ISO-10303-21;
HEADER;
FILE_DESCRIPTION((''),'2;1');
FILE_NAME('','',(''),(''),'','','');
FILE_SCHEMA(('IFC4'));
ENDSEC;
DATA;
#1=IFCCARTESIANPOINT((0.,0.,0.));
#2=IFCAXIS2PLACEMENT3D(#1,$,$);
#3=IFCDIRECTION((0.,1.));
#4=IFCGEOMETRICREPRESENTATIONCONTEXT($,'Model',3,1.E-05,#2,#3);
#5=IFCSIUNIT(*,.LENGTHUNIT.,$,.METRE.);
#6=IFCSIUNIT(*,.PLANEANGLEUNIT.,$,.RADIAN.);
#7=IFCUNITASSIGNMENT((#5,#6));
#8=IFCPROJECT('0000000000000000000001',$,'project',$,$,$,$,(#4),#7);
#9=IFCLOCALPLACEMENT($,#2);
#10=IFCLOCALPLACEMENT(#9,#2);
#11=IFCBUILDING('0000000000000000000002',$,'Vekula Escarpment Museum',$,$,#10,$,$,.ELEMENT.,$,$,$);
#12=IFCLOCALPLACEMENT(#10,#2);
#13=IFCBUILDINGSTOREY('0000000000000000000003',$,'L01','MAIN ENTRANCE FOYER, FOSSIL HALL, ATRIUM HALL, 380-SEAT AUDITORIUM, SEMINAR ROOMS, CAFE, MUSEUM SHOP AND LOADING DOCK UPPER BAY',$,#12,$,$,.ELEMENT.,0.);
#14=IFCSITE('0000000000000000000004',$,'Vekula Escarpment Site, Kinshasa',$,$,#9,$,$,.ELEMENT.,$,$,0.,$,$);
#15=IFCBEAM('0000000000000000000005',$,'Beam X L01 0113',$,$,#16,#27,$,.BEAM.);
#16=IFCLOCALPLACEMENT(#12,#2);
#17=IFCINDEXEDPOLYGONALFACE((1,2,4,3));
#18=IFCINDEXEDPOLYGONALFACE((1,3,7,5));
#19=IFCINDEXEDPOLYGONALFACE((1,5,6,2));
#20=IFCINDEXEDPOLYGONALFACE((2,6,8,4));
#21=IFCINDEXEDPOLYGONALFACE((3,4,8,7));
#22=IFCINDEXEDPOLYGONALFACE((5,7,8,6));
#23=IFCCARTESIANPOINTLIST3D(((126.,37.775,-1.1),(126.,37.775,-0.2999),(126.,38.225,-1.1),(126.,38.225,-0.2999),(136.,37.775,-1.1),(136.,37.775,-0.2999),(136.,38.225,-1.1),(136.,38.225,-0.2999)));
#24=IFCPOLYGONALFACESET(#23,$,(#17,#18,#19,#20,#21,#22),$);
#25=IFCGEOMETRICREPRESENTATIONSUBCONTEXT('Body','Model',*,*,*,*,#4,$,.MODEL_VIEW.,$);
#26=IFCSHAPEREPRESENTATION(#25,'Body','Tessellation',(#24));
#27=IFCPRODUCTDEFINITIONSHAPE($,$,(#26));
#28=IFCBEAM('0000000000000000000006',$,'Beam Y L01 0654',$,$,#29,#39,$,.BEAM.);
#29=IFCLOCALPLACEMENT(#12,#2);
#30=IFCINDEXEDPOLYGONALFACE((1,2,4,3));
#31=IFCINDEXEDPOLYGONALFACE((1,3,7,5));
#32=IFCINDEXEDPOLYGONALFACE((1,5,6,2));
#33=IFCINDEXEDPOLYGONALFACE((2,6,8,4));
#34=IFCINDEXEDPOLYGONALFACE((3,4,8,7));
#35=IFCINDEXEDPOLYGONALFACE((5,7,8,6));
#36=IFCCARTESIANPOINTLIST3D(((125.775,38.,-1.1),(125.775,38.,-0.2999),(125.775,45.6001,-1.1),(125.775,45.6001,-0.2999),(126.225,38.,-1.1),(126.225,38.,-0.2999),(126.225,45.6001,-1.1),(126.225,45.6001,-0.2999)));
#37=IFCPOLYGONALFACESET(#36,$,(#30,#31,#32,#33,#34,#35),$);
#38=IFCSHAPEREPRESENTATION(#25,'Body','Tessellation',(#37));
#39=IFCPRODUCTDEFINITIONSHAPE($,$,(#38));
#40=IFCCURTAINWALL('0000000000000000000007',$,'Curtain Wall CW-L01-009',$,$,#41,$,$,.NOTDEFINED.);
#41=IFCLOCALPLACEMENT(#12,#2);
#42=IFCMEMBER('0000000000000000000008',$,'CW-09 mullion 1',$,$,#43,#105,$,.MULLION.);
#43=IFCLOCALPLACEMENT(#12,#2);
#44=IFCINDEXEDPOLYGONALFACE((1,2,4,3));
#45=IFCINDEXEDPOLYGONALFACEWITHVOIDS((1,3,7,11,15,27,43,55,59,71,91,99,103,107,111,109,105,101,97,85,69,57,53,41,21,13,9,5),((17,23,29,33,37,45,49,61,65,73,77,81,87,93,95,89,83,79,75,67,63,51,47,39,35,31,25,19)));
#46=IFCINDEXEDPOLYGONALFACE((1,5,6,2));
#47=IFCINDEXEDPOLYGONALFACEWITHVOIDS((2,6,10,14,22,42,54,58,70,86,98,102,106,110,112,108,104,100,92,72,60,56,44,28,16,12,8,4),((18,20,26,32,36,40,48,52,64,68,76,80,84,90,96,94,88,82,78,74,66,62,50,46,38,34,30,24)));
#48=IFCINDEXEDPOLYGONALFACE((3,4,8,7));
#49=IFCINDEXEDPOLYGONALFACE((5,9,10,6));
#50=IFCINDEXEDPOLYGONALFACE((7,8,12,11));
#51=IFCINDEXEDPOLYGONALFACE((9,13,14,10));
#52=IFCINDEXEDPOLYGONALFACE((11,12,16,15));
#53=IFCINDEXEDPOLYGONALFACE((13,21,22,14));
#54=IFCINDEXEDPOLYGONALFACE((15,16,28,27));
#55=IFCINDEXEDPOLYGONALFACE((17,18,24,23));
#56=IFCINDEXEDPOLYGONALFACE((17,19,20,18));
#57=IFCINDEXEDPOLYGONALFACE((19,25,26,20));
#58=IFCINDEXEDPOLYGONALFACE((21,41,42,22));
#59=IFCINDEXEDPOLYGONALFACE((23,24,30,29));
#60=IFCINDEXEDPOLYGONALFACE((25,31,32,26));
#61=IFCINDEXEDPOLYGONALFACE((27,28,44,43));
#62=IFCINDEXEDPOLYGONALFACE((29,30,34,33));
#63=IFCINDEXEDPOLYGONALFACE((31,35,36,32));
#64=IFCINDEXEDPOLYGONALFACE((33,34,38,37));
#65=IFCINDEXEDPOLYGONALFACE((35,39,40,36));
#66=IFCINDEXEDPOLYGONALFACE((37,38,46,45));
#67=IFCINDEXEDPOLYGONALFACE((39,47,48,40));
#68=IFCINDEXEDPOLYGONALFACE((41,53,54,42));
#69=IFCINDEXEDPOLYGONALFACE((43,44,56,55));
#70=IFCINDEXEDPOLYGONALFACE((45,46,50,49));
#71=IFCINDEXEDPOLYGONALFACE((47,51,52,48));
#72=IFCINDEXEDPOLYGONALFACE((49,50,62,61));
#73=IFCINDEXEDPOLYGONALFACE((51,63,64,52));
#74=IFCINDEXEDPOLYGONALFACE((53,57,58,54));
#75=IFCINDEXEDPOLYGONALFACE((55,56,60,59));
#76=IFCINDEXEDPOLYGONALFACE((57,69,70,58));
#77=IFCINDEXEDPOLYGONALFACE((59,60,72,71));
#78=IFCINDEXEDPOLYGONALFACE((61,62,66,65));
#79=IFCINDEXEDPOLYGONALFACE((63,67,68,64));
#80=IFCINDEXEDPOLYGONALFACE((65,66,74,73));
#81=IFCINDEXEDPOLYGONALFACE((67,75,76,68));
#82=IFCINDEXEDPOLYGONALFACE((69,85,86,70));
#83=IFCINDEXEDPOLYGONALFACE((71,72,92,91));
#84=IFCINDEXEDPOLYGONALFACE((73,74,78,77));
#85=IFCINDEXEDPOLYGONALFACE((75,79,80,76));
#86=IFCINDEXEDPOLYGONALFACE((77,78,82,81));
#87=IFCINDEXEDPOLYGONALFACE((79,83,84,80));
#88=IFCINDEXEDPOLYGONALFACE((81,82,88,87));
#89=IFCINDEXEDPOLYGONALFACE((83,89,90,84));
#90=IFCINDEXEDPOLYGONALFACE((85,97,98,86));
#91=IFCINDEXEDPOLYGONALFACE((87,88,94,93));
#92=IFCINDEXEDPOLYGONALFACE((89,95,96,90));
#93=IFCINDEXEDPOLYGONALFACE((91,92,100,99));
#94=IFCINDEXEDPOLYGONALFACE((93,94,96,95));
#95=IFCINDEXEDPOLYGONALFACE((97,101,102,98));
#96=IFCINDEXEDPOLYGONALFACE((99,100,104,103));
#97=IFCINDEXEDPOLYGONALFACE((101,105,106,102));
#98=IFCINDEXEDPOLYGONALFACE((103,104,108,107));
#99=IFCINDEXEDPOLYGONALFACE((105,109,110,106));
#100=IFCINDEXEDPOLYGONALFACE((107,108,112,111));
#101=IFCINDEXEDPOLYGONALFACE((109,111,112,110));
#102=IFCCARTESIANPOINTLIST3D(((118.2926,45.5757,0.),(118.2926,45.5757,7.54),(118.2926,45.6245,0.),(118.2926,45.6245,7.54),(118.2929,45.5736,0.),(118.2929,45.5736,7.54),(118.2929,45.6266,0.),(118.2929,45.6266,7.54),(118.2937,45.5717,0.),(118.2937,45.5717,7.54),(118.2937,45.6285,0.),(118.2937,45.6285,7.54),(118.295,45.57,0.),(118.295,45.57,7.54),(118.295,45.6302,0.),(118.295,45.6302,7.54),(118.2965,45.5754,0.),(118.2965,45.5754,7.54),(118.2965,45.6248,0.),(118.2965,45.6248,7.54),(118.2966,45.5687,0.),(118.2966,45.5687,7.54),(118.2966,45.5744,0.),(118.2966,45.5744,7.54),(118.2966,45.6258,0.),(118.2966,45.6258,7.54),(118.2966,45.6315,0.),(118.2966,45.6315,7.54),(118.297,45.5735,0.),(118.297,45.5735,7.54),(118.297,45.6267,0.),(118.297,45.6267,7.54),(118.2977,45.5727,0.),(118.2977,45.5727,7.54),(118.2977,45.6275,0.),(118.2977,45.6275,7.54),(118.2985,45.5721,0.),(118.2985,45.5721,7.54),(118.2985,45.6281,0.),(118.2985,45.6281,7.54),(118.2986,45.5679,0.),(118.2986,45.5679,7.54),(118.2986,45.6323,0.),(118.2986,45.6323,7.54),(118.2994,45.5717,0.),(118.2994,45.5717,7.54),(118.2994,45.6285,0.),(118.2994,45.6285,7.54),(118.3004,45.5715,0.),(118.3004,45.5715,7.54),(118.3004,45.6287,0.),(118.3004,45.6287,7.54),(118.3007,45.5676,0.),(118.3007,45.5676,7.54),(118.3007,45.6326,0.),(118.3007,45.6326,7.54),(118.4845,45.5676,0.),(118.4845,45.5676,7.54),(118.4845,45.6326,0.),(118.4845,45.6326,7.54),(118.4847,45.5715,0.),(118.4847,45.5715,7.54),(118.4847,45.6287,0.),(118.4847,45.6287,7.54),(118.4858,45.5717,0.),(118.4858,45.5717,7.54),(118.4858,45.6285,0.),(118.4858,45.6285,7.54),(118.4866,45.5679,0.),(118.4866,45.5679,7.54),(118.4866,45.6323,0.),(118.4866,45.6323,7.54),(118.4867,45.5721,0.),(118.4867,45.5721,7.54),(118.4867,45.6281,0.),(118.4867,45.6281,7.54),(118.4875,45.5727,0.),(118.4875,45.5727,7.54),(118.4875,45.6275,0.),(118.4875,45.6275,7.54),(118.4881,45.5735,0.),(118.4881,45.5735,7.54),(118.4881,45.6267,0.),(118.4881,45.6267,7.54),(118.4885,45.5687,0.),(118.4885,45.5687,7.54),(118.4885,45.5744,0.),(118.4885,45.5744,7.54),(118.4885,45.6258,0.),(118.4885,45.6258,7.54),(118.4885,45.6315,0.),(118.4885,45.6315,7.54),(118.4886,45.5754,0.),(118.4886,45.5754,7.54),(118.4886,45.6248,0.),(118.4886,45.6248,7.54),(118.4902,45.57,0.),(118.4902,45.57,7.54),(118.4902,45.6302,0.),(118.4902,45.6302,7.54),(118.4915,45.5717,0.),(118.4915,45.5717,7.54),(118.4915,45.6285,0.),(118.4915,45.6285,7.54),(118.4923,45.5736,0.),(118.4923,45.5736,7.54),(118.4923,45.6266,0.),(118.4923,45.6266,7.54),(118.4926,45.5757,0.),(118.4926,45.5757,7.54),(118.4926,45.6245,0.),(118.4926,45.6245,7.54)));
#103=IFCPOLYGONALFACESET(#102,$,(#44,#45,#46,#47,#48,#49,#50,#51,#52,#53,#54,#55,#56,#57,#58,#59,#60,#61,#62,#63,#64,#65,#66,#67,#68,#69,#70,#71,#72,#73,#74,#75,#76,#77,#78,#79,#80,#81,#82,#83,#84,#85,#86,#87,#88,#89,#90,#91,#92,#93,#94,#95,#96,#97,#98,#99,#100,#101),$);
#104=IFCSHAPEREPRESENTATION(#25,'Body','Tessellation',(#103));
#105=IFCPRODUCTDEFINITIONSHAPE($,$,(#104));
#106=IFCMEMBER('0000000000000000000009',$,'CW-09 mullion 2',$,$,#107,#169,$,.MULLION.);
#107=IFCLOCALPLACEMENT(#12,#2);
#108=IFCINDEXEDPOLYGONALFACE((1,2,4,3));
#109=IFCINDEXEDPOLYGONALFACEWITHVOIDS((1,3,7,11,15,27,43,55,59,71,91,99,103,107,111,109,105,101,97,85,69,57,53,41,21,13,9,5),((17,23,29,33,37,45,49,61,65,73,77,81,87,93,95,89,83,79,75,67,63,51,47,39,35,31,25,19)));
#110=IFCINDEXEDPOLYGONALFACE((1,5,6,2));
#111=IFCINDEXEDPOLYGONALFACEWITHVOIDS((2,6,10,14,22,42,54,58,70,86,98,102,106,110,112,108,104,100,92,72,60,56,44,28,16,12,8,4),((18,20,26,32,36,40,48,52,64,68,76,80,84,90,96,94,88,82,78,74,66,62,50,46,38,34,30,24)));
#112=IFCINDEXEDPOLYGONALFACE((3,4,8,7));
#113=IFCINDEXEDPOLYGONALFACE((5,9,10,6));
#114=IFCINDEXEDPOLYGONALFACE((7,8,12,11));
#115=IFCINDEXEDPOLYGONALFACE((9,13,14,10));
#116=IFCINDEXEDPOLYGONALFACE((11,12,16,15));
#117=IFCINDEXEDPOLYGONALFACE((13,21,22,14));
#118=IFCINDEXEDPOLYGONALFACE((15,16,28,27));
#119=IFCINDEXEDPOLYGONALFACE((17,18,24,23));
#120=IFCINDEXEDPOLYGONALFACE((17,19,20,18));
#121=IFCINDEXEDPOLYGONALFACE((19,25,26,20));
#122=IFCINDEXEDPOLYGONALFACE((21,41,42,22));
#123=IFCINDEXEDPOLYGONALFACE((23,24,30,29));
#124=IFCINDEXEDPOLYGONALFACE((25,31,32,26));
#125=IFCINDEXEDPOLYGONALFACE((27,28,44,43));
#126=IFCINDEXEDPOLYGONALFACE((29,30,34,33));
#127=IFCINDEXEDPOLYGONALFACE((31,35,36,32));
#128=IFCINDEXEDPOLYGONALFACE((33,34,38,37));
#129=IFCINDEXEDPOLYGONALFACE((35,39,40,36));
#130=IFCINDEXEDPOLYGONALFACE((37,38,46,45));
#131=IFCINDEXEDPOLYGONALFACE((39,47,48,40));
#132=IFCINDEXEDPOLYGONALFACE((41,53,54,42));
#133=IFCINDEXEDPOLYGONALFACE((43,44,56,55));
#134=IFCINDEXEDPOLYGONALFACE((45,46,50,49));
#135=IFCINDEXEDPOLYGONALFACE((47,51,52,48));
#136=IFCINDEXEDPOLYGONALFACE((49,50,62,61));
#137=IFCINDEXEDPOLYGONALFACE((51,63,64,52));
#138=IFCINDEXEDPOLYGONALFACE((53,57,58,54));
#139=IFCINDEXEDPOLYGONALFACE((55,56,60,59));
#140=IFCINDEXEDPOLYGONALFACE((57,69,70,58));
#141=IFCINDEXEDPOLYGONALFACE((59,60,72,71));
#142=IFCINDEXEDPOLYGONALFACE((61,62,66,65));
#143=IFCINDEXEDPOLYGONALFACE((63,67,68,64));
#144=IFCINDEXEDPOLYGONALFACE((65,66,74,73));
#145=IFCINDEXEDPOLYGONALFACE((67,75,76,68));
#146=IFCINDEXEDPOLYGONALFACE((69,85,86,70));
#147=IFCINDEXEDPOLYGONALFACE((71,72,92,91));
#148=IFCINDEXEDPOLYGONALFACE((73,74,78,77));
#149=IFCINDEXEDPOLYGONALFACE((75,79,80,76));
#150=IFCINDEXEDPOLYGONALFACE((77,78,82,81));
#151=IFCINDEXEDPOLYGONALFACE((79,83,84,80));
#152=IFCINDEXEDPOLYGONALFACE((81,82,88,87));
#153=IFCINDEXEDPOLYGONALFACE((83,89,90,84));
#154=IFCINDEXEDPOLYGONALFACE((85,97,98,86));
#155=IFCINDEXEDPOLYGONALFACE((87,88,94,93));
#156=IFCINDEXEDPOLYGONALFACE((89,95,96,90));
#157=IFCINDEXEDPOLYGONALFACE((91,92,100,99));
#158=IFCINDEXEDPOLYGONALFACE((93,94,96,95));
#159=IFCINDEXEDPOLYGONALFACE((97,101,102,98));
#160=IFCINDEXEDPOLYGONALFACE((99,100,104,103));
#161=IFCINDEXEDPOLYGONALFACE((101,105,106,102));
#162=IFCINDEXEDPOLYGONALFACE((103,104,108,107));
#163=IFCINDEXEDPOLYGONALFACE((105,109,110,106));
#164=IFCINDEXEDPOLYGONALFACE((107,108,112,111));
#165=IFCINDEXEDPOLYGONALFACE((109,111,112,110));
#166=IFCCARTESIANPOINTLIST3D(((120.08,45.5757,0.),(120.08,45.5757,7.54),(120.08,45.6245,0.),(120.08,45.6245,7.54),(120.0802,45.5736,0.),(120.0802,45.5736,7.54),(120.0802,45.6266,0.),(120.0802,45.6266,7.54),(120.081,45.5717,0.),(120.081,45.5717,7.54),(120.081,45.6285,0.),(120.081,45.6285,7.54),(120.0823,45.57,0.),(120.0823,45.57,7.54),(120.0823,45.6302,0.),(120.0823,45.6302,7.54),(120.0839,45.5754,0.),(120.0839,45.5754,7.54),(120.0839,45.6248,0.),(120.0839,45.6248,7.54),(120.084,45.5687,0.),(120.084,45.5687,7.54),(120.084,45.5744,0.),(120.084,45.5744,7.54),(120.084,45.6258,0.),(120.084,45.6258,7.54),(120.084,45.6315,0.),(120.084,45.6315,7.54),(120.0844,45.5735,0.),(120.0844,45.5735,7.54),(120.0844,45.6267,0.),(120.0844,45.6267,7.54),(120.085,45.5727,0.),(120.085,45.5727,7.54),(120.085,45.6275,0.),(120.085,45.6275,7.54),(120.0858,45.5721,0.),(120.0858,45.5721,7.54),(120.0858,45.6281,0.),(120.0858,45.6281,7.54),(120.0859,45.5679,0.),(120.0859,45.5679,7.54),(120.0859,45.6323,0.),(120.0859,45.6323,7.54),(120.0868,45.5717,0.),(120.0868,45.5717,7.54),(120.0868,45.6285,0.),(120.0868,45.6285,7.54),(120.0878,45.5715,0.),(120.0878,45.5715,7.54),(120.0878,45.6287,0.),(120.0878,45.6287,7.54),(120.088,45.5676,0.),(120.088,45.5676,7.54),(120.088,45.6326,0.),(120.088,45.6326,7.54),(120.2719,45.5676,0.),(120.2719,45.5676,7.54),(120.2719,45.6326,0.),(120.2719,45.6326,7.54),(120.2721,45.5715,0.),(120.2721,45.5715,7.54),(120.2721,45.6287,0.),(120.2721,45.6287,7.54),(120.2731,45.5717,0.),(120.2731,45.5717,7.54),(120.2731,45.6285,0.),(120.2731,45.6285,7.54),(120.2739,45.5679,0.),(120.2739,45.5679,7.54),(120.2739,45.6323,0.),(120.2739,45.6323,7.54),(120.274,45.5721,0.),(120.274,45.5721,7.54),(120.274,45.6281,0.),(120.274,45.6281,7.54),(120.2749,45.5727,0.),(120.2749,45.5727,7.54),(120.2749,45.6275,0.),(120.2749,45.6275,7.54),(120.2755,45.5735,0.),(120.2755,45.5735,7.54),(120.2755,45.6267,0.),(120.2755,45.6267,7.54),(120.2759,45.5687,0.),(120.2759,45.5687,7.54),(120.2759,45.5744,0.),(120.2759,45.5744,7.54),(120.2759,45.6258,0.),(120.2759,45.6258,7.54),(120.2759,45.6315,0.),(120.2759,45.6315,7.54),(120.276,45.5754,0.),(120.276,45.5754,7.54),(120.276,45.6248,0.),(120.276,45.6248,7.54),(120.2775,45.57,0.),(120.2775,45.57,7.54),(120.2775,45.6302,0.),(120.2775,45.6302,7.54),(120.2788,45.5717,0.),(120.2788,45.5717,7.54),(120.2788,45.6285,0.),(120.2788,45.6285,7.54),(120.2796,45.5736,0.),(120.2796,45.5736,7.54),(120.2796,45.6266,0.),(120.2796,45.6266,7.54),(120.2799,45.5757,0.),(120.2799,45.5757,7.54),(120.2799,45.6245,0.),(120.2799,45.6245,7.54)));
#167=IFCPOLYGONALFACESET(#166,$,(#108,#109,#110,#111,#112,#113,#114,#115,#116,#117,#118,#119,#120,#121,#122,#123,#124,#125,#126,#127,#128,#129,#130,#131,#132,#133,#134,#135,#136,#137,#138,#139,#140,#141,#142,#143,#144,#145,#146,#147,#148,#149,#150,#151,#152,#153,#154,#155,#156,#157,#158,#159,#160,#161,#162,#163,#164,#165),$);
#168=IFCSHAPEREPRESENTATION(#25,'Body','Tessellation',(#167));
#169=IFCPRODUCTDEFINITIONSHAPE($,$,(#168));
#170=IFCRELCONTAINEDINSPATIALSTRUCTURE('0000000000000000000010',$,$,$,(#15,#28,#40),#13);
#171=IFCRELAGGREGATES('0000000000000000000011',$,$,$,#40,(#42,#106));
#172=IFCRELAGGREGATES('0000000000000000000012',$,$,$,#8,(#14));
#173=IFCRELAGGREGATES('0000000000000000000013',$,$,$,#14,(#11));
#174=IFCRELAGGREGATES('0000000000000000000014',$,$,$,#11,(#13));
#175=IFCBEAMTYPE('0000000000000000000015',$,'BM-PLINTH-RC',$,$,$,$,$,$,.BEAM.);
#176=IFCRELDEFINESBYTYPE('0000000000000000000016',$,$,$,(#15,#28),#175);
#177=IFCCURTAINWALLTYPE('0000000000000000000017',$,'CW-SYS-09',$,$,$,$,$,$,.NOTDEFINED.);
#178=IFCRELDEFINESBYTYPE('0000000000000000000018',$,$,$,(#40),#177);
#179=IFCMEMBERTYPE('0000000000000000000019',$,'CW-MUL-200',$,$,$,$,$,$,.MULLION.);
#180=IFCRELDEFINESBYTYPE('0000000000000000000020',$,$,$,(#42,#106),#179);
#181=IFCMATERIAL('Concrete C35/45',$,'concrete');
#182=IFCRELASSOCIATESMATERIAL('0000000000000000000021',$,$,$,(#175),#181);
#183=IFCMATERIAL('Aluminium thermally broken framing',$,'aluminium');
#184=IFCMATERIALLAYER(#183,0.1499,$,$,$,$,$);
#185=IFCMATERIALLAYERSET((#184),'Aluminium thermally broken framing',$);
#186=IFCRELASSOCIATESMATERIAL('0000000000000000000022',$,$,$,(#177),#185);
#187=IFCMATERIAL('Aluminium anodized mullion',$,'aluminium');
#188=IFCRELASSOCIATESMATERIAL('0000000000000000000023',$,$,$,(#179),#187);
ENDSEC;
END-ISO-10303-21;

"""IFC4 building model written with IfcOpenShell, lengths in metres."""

from ifc_helpers import new_model, si_unit, direction, frame, origin, origin_2d, place, context, subcontext, project, spatial, rectangle, hollow_rectangle, extrude, material, layer, layer_set, material_profile, profile_set, type_object, element, aggregate, save


model = new_model("IFC4")

# Units and contexts
model_context = context("Model", 3, precision=1e-05, world=origin(), true_north=direction((0.0, 1.0)))
body_context = subcontext(model_context, "Body", "Model", "MODEL_VIEW")
ifc_project = project(units=[si_unit("LENGTHUNIT", "METRE"), si_unit("PLANEANGLEUNIT", "RADIAN")], contexts=[model_context])

# Site, building, storey
site_placement = place(None, origin())
site = spatial("IfcSite", under=ifc_project, at=site_placement, Name="Vekula Escarpment Site, Kinshasa", CompositionType="ELEMENT", RefElevation=0.0)
building_placement = place(site_placement, origin())
building = spatial("IfcBuilding", under=site, at=building_placement, Name="Vekula Escarpment Museum", CompositionType="ELEMENT")
storey_placement = place(building_placement, origin())
storey = spatial("IfcBuildingStorey", under=building, at=storey_placement, Name="L01", Description="MAIN ENTRANCE FOYER, FOSSIL HALL, ATRIUM HALL, 380-SEAT AUDITORIUM, SEMINAR ROOMS, CAFE, MUSEUM SHOP AND LOADING DOCK UPPER BAY", CompositionType="ELEMENT", Elevation=0.0)

# Beams
ifc_material_1 = material(Name="Concrete C35/45", Category="concrete")
ifc_material_profile_1 = material_profile(ifc_material_1, rectangle(XDim=0.45, YDim=0.8, at=origin_2d()), Name="RC 450x800")
ifc_profile_set_1 = profile_set([ifc_material_profile_1], Name="Concrete C35/45")
beam_type_1 = type_object("IfcBeamType", Name="BM-PLINTH-RC", PredefinedType="BEAM", material=ifc_profile_set_1)
beam_1_placement = place(storey_placement, frame((126.0, 38.0, -0.7), z_axis=(1.0, 0.0, 0.0), x_axis=(0.0, 1.0, 0.0)))
element("IfcBeam", 1, at=beam_1_placement, inside=storey, type_object=beam_type_1, Name="Beam X L01 0113", PredefinedType="BEAM", context=body_context, shape_type="SweptSolid", body=[
    extrude(rectangle(XDim=0.45, YDim=0.8, at=origin_2d()), origin(), (0.0, 0.0, 1.0), 10.0),
])
beam_2_placement = place(storey_placement, frame((126.0, 38.0, -0.7), z_axis=(0.0, 1.0, 0.0), x_axis=(-1.0, 0.0, 0.0)))
element("IfcBeam", 2, at=beam_2_placement, inside=storey, type_object=beam_type_1, Name="Beam Y L01 0654", PredefinedType="BEAM", context=body_context, shape_type="SweptSolid", body=[
    extrude(rectangle(XDim=0.45, YDim=0.8, at=origin_2d()), origin(), (0.0, 0.0, 1.0), 7.6001),
])

# Curtain wall, members
ifc_material_2 = material(Name="Aluminium thermally broken framing", Category="aluminium")
ifc_layer_1 = layer(ifc_material_2, 0.1499)
ifc_layer_set_1 = layer_set([ifc_layer_1], Name="Aluminium thermally broken framing")
curtain_wall_type = type_object("IfcCurtainWallType", Name="CW-SYS-09", PredefinedType="NOTDEFINED", material=ifc_layer_set_1)
curtain_wall_placement = place(storey_placement, origin())
curtain_wall = element("IfcCurtainWall", 3, at=curtain_wall_placement, inside=storey, type_object=curtain_wall_type, Name="Curtain Wall CW-L01-009", PredefinedType="NOTDEFINED")
ifc_material_3 = material(Name="Aluminium anodized mullion", Category="aluminium")
ifc_material_profile_2 = material_profile(ifc_material_3, hollow_rectangle(XDim=0.0649, YDim=0.2, WallThickness=0.0039, InnerFilletRadius=0.0039, OuterFilletRadius=0.0081, at=origin_2d()), Name="ALU 200x65x4")
ifc_profile_set_2 = profile_set([ifc_material_profile_2], Name="Aluminium anodized mullion")
member_type_1 = type_object("IfcMemberType", Name="CW-MUL-200", PredefinedType="MULLION", material=ifc_profile_set_2)
member_1_placement = place(storey_placement, frame((118.3926, 45.6001, 0.0), z_axis=(0.0, 0.0, 1.0), x_axis=(0.0, 1.0, 0.0)))
member_1 = element("IfcMember", 4, at=member_1_placement, type_object=member_type_1, Name="CW-09 mullion 1", PredefinedType="MULLION", context=body_context, shape_type="SweptSolid", body=[
    extrude(hollow_rectangle(XDim=0.0649, YDim=0.2, WallThickness=0.0039, InnerFilletRadius=0.0039, OuterFilletRadius=0.0081, at=origin_2d()), origin(), (0.0, 0.0, 1.0), 7.54),
])
member_2_placement = place(storey_placement, frame((120.1799, 45.6001, 0.0), z_axis=(0.0, 0.0, 1.0), x_axis=(0.0, 1.0, 0.0)))
member_2 = element("IfcMember", 5, at=member_2_placement, type_object=member_type_1, Name="CW-09 mullion 2", PredefinedType="MULLION", context=body_context, shape_type="SweptSolid", body=[
    extrude(hollow_rectangle(XDim=0.0649, YDim=0.2, WallThickness=0.0039, InnerFilletRadius=0.0039, OuterFilletRadius=0.0081, at=origin_2d()), origin(), (0.0, 0.0, 1.0), 7.54),
])

aggregate(curtain_wall, [member_1, member_2])

save(model, "model.ifc")
